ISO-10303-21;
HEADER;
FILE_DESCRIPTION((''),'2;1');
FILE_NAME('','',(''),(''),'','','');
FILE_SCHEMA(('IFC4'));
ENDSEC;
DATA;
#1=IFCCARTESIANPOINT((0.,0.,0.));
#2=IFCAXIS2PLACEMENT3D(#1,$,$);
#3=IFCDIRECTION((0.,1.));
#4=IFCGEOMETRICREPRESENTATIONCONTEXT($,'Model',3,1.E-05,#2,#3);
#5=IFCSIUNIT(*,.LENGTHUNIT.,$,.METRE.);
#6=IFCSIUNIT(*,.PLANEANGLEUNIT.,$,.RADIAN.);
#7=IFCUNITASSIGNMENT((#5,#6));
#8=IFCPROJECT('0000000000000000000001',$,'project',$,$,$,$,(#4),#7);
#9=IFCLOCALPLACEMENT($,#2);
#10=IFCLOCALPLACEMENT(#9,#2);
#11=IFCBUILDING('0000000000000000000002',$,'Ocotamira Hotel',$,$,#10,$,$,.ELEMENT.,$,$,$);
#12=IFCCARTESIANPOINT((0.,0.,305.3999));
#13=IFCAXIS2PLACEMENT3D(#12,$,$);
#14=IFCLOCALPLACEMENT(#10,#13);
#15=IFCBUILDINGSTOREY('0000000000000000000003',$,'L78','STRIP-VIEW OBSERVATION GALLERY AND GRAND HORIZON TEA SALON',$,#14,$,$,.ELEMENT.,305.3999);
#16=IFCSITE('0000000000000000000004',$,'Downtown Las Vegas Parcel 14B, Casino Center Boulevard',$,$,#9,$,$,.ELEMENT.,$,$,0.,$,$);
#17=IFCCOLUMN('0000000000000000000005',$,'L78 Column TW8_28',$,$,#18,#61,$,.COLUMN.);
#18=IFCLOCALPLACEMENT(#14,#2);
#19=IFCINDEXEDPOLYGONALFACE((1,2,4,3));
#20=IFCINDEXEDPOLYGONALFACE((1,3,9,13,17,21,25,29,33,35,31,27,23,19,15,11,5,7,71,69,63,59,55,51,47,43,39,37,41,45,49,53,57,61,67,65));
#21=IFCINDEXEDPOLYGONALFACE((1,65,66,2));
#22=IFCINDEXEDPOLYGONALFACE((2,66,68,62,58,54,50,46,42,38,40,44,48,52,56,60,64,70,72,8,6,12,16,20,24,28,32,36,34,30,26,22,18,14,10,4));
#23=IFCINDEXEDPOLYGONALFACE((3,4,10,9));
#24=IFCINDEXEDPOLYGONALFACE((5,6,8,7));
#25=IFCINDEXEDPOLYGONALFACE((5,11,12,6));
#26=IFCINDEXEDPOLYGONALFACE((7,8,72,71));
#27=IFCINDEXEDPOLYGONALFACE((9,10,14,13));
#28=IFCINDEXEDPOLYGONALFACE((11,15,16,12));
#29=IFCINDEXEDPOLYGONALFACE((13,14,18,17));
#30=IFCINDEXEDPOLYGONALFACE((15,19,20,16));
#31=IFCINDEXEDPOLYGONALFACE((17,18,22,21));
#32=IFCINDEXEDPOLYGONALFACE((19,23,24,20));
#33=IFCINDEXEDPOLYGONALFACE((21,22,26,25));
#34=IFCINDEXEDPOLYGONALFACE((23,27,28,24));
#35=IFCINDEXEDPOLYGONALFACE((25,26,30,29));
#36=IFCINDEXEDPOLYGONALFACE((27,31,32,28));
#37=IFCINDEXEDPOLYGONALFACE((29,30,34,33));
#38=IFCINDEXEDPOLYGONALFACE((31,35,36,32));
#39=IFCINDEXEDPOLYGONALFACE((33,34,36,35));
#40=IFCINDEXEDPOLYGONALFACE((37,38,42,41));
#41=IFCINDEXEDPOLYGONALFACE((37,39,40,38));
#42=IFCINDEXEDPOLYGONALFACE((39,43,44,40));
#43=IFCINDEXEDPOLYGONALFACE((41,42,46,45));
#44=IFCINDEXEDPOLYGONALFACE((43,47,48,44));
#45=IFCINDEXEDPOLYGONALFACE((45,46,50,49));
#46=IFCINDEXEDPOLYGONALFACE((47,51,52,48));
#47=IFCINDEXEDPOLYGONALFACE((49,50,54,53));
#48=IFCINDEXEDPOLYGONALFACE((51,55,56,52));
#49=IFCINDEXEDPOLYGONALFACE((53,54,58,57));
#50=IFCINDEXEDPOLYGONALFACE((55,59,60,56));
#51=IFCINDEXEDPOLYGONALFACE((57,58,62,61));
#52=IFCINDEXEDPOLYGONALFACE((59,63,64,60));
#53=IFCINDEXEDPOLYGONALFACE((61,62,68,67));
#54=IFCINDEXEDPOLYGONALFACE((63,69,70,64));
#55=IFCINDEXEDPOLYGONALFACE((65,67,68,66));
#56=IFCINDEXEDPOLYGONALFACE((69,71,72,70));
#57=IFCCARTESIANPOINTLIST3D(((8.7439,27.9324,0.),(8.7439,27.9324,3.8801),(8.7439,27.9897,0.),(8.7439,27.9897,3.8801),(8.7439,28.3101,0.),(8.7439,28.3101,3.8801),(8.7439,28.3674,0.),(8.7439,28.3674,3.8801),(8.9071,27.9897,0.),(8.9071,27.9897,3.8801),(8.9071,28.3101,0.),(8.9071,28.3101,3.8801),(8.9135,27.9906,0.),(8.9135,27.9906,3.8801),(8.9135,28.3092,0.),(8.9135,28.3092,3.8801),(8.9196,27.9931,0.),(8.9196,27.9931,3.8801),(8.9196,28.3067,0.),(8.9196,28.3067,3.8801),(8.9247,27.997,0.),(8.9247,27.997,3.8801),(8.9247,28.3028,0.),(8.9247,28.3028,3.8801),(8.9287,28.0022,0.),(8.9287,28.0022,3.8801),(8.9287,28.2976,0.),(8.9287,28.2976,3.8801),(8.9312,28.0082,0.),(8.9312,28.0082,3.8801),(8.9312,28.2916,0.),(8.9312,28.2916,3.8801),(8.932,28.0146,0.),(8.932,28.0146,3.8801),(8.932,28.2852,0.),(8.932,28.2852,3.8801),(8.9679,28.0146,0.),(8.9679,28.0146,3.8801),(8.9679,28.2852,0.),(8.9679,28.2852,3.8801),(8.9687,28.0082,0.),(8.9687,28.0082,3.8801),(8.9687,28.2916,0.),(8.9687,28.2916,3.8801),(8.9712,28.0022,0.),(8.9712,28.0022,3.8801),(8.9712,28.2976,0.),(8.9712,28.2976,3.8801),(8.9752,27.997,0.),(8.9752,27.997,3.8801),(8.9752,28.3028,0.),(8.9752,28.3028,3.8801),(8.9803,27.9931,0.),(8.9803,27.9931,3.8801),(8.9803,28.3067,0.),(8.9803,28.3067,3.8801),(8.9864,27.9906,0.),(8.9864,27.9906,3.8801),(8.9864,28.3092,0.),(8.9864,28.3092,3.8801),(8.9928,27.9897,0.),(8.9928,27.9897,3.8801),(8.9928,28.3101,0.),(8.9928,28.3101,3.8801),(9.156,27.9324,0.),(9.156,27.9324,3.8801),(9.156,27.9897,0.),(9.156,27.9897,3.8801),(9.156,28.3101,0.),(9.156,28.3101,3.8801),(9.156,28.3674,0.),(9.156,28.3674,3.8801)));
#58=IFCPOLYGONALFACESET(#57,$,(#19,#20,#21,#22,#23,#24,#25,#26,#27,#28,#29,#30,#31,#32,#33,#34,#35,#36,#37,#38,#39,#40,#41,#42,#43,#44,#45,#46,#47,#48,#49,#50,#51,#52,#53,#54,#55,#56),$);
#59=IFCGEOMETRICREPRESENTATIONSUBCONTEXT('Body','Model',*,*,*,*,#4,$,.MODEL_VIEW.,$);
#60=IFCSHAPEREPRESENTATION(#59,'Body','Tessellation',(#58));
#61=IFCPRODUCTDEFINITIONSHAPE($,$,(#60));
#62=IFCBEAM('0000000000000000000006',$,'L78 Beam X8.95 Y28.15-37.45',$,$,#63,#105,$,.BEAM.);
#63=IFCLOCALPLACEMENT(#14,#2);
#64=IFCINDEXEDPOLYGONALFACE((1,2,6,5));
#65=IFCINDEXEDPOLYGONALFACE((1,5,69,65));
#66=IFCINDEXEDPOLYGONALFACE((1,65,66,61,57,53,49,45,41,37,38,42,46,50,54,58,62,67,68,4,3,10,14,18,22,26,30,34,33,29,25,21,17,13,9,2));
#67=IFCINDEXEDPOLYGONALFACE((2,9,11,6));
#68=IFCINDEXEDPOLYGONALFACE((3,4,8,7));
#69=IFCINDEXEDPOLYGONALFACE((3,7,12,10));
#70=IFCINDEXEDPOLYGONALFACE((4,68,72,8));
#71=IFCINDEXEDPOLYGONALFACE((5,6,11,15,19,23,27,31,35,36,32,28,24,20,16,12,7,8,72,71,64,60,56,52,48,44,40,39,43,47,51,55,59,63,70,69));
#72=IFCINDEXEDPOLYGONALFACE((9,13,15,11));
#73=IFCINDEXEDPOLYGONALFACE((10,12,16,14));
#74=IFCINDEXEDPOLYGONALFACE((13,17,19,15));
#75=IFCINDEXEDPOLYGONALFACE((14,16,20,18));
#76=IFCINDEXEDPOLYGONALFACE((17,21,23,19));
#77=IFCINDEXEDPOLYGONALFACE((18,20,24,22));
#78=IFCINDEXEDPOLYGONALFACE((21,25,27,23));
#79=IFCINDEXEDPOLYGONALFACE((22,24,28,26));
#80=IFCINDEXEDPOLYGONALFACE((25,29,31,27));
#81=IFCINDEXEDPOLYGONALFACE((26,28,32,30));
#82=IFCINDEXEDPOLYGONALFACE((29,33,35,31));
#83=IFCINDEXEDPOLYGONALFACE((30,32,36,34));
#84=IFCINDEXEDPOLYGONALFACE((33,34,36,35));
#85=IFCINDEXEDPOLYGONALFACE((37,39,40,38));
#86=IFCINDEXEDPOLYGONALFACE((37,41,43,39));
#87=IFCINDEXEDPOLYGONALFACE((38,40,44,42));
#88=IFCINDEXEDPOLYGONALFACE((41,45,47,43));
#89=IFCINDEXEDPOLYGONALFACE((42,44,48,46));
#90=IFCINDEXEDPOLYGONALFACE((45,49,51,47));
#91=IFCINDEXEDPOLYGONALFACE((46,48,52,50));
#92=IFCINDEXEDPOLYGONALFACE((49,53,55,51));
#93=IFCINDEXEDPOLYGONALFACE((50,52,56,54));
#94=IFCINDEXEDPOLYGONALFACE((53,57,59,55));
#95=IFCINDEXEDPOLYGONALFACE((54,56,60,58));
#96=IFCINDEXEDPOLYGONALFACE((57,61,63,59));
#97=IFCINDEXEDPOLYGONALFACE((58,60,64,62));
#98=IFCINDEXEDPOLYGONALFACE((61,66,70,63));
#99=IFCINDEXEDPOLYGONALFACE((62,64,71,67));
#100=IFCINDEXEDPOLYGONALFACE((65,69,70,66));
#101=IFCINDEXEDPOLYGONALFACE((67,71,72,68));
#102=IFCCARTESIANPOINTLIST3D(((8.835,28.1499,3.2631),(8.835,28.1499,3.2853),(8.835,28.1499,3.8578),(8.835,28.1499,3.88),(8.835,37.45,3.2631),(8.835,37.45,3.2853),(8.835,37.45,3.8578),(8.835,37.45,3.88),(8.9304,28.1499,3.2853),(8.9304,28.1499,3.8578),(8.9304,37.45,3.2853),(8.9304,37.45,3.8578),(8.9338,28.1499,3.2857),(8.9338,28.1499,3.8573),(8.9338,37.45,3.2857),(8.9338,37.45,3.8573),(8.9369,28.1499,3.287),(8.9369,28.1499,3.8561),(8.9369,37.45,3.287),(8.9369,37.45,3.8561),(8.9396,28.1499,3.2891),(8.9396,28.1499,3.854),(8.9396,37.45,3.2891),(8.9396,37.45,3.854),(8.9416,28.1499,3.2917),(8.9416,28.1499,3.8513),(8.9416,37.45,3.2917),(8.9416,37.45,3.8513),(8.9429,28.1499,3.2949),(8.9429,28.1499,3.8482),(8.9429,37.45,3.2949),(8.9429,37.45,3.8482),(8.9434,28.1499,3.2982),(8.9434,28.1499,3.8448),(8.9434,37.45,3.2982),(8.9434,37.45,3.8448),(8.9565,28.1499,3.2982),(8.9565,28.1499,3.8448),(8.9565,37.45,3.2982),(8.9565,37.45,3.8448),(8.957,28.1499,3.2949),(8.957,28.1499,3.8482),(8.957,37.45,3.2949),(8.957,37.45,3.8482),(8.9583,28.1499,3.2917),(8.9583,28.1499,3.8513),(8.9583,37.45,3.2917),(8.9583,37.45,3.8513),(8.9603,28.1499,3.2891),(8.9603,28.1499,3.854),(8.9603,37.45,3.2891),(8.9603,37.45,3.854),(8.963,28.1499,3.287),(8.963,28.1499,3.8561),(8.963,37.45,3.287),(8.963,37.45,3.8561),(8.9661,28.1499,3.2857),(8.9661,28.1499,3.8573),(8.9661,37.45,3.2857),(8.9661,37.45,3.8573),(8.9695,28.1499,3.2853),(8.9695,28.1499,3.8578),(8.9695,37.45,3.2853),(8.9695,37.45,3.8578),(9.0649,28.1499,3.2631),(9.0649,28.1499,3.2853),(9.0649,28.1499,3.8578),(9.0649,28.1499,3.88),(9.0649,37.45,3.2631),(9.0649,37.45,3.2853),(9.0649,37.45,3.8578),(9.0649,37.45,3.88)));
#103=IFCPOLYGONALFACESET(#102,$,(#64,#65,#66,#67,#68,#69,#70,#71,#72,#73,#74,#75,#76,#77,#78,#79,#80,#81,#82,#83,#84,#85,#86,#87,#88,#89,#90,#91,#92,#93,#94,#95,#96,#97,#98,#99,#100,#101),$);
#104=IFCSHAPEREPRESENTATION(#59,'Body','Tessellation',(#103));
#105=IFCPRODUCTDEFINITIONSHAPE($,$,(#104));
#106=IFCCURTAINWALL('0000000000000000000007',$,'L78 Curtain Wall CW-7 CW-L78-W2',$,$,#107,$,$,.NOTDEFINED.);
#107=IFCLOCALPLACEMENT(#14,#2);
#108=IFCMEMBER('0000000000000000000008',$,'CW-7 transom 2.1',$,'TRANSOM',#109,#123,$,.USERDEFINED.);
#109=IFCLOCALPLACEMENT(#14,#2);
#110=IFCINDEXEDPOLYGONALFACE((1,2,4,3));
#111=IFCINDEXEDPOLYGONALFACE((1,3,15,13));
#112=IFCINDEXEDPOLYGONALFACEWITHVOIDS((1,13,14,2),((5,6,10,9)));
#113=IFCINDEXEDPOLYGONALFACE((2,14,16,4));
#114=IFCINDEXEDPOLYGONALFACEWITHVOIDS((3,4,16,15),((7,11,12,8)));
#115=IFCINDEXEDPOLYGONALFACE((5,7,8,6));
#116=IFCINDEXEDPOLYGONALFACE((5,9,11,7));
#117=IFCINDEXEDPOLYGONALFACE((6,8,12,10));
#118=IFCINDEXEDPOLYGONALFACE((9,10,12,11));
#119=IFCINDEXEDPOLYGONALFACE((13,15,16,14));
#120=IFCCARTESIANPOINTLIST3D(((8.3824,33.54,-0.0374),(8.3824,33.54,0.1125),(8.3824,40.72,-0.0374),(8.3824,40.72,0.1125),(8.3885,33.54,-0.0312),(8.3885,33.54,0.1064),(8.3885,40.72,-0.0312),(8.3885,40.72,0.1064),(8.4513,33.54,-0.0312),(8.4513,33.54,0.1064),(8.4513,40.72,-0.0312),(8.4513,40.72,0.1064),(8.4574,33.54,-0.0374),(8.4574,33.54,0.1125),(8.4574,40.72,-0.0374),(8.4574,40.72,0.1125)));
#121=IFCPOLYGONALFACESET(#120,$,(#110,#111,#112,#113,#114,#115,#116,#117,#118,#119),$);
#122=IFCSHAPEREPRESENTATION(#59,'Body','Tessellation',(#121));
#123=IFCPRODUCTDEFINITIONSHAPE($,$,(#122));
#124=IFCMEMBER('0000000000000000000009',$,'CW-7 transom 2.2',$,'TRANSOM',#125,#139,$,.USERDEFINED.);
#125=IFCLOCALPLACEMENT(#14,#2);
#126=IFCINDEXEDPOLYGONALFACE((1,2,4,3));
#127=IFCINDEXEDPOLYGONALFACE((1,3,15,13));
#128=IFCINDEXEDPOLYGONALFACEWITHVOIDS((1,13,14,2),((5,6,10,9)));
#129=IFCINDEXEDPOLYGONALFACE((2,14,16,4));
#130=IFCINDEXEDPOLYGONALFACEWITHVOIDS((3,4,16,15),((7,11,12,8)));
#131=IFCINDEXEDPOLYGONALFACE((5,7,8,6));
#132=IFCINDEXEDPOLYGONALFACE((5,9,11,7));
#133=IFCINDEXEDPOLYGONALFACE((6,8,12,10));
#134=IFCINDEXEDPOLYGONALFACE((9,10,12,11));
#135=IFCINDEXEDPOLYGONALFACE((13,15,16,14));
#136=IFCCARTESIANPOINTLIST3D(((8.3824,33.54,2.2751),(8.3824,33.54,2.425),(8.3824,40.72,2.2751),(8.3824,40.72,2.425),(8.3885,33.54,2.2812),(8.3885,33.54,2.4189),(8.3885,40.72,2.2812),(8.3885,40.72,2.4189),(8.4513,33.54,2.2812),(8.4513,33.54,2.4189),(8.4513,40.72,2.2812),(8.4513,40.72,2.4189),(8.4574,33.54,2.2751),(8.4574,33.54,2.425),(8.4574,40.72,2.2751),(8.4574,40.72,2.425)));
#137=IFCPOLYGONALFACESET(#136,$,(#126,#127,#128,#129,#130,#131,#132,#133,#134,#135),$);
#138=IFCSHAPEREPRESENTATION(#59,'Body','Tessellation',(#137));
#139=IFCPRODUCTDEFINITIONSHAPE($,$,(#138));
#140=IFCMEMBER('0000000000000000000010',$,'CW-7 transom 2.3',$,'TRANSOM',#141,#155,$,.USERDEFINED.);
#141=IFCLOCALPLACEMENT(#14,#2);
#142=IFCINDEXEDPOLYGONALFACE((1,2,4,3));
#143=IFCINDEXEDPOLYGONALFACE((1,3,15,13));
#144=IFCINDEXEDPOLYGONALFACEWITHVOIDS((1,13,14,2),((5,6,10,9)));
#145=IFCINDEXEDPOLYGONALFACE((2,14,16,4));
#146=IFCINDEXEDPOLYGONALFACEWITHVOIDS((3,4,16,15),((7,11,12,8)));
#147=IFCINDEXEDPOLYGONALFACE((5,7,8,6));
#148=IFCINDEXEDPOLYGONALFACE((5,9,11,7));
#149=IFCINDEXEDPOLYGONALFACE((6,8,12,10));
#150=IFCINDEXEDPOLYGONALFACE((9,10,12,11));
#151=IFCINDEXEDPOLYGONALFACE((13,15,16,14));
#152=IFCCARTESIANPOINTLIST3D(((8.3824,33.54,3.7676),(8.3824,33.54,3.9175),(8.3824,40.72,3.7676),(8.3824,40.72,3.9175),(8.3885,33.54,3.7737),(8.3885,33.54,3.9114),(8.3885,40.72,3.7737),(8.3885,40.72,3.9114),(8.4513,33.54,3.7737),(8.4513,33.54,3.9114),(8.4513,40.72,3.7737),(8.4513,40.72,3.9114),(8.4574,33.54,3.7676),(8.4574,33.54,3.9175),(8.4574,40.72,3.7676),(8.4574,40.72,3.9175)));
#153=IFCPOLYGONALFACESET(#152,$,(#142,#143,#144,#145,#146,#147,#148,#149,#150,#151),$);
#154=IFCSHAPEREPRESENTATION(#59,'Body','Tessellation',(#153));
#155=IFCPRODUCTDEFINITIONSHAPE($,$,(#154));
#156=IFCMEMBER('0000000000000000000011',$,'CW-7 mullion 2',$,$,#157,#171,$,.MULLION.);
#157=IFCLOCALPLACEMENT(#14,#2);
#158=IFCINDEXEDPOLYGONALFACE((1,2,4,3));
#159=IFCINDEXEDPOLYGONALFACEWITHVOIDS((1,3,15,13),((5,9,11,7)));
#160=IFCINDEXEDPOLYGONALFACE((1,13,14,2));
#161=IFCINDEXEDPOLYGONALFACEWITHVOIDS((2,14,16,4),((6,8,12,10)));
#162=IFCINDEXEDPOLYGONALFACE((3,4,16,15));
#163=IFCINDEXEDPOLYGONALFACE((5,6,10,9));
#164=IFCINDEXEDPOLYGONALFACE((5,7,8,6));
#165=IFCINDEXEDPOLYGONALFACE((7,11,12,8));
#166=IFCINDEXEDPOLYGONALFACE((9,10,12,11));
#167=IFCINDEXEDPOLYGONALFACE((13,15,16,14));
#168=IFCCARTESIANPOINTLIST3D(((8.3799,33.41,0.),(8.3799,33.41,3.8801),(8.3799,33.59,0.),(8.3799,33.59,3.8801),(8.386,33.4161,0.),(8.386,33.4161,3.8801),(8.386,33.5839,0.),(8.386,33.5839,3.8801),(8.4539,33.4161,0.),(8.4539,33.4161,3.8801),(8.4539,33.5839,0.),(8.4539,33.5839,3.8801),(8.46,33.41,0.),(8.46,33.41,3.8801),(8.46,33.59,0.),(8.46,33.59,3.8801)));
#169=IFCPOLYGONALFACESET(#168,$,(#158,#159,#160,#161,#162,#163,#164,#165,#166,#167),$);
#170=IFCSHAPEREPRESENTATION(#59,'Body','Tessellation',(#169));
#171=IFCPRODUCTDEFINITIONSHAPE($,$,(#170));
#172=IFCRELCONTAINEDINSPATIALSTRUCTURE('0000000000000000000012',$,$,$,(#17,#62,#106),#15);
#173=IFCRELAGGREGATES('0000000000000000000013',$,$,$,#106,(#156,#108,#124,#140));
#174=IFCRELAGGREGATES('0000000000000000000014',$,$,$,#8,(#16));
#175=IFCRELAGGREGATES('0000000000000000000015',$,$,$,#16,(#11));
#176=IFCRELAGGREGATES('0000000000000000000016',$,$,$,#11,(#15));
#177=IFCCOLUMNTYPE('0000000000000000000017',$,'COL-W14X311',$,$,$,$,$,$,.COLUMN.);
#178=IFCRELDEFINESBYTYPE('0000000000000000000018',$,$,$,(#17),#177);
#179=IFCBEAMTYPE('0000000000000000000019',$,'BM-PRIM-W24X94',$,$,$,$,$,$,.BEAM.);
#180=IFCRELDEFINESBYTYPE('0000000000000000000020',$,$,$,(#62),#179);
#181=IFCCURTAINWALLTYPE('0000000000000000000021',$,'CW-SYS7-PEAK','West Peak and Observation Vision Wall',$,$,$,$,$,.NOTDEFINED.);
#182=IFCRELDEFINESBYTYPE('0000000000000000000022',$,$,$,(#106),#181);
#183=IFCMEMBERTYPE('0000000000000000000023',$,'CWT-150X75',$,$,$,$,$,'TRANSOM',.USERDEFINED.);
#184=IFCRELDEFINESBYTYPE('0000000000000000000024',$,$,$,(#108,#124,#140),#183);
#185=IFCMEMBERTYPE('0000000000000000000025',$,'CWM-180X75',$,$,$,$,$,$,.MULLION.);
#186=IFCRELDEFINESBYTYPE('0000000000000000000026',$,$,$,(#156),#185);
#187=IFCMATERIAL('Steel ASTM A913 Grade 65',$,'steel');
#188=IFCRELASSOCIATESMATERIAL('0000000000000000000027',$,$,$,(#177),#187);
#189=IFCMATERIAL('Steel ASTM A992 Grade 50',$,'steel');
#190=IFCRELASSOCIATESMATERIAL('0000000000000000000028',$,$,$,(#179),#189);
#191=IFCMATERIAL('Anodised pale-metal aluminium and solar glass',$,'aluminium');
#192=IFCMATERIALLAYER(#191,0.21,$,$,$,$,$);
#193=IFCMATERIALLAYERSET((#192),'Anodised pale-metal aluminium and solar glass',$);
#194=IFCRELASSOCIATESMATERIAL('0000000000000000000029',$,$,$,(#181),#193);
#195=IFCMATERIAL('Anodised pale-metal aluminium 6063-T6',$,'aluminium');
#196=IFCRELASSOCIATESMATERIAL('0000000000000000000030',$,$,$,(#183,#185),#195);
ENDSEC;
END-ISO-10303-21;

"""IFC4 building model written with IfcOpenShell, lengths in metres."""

from ifc_helpers import new_model, si_unit, direction, frame, origin, origin_2d, place, context, subcontext, project, spatial, hollow_rectangle, i_section, extrude, source, transform, mapped, material, layer, layer_set, material_profile, profile_set, type_object, element, aggregate, save


model = new_model("IFC4")

# Units and contexts
model_context = context("Model", 3, precision=1e-05, world=origin(), true_north=direction((0.0, 1.0)))
body_context = subcontext(model_context, "Body", "Model", "MODEL_VIEW")
ifc_project = project(units=[si_unit("LENGTHUNIT", "METRE"), si_unit("PLANEANGLEUNIT", "RADIAN")], contexts=[model_context])

# Site, building, storey
site_placement = place(None, origin())
site = spatial("IfcSite", under=ifc_project, at=site_placement, Name="Downtown Las Vegas Parcel 14B, Casino Center Boulevard", CompositionType="ELEMENT", RefElevation=0.0)
building_placement = place(site_placement, origin())
building = spatial("IfcBuilding", under=site, at=building_placement, Name="Ocotamira Hotel", CompositionType="ELEMENT")
storey_placement = place(building_placement, frame((0.0, 0.0, 305.3999)))
storey = spatial("IfcBuildingStorey", under=building, at=storey_placement, Name="L78", Description="STRIP-VIEW OBSERVATION GALLERY AND GRAND HORIZON TEA SALON", CompositionType="ELEMENT", Elevation=305.3999)

# Column
ifc_material_1 = material(Name="Steel ASTM A913 Grade 65", Category="steel")
ifc_material_profile_1 = material_profile(ifc_material_1, i_section(OverallWidth=0.4121, OverallDepth=0.4351, WebThickness=0.0359, FlangeThickness=0.0574, FilletRadius=0.0249, at=origin_2d()), Name="W14X311")
ifc_profile_set_1 = profile_set([ifc_material_profile_1], Name="Steel ASTM A913 Grade 65")
column_type = type_object("IfcColumnType", Name="COL-W14X311", PredefinedType="COLUMN", material=ifc_profile_set_1)
shared_shape_1 = source(origin(), body_context, "Body", "SweptSolid", [
    extrude(i_section(OverallWidth=0.4121, OverallDepth=0.4351, WebThickness=0.0359, FlangeThickness=0.0574, FilletRadius=0.0249, at=origin_2d()), origin(), (0.0, 0.0, 1.0), 3.8801),
])
column_placement = place(storey_placement, frame((8.95, 28.1499, 0.0), z_axis=(0.0, 0.0, 1.0), x_axis=(1.0, 0.0, 0.0)))
element("IfcColumn", 1, at=column_placement, inside=storey, type_object=column_type, Name="L78 Column TW8_28", PredefinedType="COLUMN", context=body_context, shape_type="MappedRepresentation", body=[
    mapped(shared_shape_1, transform((0.0, 0.0, 0.0), scale=1.0)),
])

# Beam
ifc_material_2 = material(Name="Steel ASTM A992 Grade 50", Category="steel")
ifc_material_profile_2 = material_profile(ifc_material_2, i_section(OverallWidth=0.23, OverallDepth=0.6169, WebThickness=0.0132, FlangeThickness=0.0222, FilletRadius=0.0129, at=origin_2d()), Name="W24X94")
ifc_profile_set_2 = profile_set([ifc_material_profile_2], Name="Steel ASTM A992 Grade 50")
beam_type = type_object("IfcBeamType", Name="BM-PRIM-W24X94", PredefinedType="BEAM", material=ifc_profile_set_2)
shared_shape_2 = source(origin(), body_context, "Body", "SweptSolid", [
    extrude(i_section(OverallWidth=0.23, OverallDepth=0.6169, WebThickness=0.0132, FlangeThickness=0.0222, FilletRadius=0.0129, at=origin_2d()), origin(), (0.0, 0.0, 1.0), 9.3),
])
beam_placement = place(storey_placement, frame((8.95, 28.1499, 3.5715), z_axis=(0.0, 1.0, 0.0), x_axis=(-1.0, 0.0, 0.0)))
element("IfcBeam", 2, at=beam_placement, inside=storey, type_object=beam_type, Name="L78 Beam X8.95 Y28.15-37.45", PredefinedType="BEAM", context=body_context, shape_type="MappedRepresentation", body=[
    mapped(shared_shape_2, transform((0.0, 0.0, 0.0), scale=1.0)),
])

# Curtain wall, members
ifc_material_3 = material(Name="Anodised pale-metal aluminium and solar glass", Category="aluminium")
ifc_layer_1 = layer(ifc_material_3, 0.21)
ifc_layer_set_1 = layer_set([ifc_layer_1], Name="Anodised pale-metal aluminium and solar glass")
curtain_wall_type = type_object("IfcCurtainWallType", Name="CW-SYS7-PEAK", Description="West Peak and Observation Vision Wall", PredefinedType="NOTDEFINED", material=ifc_layer_set_1)
curtain_wall_placement = place(storey_placement, origin())
curtain_wall = element("IfcCurtainWall", 3, at=curtain_wall_placement, inside=storey, type_object=curtain_wall_type, Name="L78 Curtain Wall CW-7 CW-L78-W2", PredefinedType="NOTDEFINED")
ifc_material_4 = material(Name="Anodised pale-metal aluminium 6063-T6", Category="aluminium")
ifc_material_profile_3 = material_profile(ifc_material_4, hollow_rectangle(XDim=0.075, YDim=0.1499, WallThickness=0.0061, at=origin_2d()), Name="HSS150X75X6")
ifc_profile_set_3 = profile_set([ifc_material_profile_3], Name="Anodised pale-metal aluminium 6063-T6")
member_type_1 = type_object("IfcMemberType", Name="CWT-150X75", ElementType="TRANSOM", PredefinedType="USERDEFINED", material=ifc_profile_set_3)
shared_shape_3 = source(origin(), body_context, "Body", "SweptSolid", [
    extrude(hollow_rectangle(XDim=0.075, YDim=0.1499, WallThickness=0.0061, at=origin_2d()), origin(), (0.0, 0.0, 1.0), 7.1799),
])
member_1_placement = place(storey_placement, frame((8.4199, 33.54, 0.0376), z_axis=(0.0, 1.0, 0.0), x_axis=(-1.0, 0.0, 0.0)))
member_1 = element("IfcMember", 4, at=member_1_placement, type_object=member_type_1, Name="CW-7 transom 2.1", ObjectType="TRANSOM", PredefinedType="USERDEFINED", context=body_context, shape_type="MappedRepresentation", body=[
    mapped(shared_shape_3, transform((0.0, 0.0, 0.0), scale=1.0)),
])
member_2_placement = place(storey_placement, frame((8.4199, 33.54, 2.3501), z_axis=(0.0, 1.0, 0.0), x_axis=(-1.0, 0.0, 0.0)))
member_2 = element("IfcMember", 5, at=member_2_placement, type_object=member_type_1, Name="CW-7 transom 2.2", ObjectType="TRANSOM", PredefinedType="USERDEFINED", context=body_context, shape_type="MappedRepresentation", body=[
    mapped(shared_shape_3, transform((0.0, 0.0, 0.0), scale=1.0)),
])
member_3_placement = place(storey_placement, frame((8.4199, 33.54, 3.8425), z_axis=(0.0, 1.0, 0.0), x_axis=(-1.0, 0.0, 0.0)))
member_3 = element("IfcMember", 6, at=member_3_placement, type_object=member_type_1, Name="CW-7 transom 2.3", ObjectType="TRANSOM", PredefinedType="USERDEFINED", context=body_context, shape_type="MappedRepresentation", body=[
    mapped(shared_shape_3, transform((0.0, 0.0, 0.0), scale=1.0)),
])
ifc_material_profile_4 = material_profile(ifc_material_4, hollow_rectangle(XDim=0.0801, YDim=0.1799, WallThickness=0.0061, at=origin_2d()), Name="HSS180X80X6")
ifc_profile_set_4 = profile_set([ifc_material_profile_4], Name="Anodised pale-metal aluminium 6063-T6")
member_type_2 = type_object("IfcMemberType", Name="CWM-180X75", PredefinedType="MULLION", material=ifc_profile_set_4)
shared_shape_4 = source(origin(), body_context, "Body", "SweptSolid", [
    extrude(hollow_rectangle(XDim=0.0801, YDim=0.1799, WallThickness=0.0061, at=origin_2d()), origin(), (0.0, 0.0, 1.0), 3.8801),
])
member_4_placement = place(storey_placement, frame((8.4199, 33.5, 0.0), z_axis=(0.0, 0.0, 1.0), x_axis=(-1.0, 0.0, 0.0)))
member_4 = element("IfcMember", 7, at=member_4_placement, type_object=member_type_2, Name="CW-7 mullion 2", PredefinedType="MULLION", context=body_context, shape_type="MappedRepresentation", body=[
    mapped(shared_shape_4, transform((0.0, 0.0, 0.0), scale=1.0)),
])
aggregate(curtain_wall, [member_4, member_1, member_2, member_3])

save(model, "model.ifc")
